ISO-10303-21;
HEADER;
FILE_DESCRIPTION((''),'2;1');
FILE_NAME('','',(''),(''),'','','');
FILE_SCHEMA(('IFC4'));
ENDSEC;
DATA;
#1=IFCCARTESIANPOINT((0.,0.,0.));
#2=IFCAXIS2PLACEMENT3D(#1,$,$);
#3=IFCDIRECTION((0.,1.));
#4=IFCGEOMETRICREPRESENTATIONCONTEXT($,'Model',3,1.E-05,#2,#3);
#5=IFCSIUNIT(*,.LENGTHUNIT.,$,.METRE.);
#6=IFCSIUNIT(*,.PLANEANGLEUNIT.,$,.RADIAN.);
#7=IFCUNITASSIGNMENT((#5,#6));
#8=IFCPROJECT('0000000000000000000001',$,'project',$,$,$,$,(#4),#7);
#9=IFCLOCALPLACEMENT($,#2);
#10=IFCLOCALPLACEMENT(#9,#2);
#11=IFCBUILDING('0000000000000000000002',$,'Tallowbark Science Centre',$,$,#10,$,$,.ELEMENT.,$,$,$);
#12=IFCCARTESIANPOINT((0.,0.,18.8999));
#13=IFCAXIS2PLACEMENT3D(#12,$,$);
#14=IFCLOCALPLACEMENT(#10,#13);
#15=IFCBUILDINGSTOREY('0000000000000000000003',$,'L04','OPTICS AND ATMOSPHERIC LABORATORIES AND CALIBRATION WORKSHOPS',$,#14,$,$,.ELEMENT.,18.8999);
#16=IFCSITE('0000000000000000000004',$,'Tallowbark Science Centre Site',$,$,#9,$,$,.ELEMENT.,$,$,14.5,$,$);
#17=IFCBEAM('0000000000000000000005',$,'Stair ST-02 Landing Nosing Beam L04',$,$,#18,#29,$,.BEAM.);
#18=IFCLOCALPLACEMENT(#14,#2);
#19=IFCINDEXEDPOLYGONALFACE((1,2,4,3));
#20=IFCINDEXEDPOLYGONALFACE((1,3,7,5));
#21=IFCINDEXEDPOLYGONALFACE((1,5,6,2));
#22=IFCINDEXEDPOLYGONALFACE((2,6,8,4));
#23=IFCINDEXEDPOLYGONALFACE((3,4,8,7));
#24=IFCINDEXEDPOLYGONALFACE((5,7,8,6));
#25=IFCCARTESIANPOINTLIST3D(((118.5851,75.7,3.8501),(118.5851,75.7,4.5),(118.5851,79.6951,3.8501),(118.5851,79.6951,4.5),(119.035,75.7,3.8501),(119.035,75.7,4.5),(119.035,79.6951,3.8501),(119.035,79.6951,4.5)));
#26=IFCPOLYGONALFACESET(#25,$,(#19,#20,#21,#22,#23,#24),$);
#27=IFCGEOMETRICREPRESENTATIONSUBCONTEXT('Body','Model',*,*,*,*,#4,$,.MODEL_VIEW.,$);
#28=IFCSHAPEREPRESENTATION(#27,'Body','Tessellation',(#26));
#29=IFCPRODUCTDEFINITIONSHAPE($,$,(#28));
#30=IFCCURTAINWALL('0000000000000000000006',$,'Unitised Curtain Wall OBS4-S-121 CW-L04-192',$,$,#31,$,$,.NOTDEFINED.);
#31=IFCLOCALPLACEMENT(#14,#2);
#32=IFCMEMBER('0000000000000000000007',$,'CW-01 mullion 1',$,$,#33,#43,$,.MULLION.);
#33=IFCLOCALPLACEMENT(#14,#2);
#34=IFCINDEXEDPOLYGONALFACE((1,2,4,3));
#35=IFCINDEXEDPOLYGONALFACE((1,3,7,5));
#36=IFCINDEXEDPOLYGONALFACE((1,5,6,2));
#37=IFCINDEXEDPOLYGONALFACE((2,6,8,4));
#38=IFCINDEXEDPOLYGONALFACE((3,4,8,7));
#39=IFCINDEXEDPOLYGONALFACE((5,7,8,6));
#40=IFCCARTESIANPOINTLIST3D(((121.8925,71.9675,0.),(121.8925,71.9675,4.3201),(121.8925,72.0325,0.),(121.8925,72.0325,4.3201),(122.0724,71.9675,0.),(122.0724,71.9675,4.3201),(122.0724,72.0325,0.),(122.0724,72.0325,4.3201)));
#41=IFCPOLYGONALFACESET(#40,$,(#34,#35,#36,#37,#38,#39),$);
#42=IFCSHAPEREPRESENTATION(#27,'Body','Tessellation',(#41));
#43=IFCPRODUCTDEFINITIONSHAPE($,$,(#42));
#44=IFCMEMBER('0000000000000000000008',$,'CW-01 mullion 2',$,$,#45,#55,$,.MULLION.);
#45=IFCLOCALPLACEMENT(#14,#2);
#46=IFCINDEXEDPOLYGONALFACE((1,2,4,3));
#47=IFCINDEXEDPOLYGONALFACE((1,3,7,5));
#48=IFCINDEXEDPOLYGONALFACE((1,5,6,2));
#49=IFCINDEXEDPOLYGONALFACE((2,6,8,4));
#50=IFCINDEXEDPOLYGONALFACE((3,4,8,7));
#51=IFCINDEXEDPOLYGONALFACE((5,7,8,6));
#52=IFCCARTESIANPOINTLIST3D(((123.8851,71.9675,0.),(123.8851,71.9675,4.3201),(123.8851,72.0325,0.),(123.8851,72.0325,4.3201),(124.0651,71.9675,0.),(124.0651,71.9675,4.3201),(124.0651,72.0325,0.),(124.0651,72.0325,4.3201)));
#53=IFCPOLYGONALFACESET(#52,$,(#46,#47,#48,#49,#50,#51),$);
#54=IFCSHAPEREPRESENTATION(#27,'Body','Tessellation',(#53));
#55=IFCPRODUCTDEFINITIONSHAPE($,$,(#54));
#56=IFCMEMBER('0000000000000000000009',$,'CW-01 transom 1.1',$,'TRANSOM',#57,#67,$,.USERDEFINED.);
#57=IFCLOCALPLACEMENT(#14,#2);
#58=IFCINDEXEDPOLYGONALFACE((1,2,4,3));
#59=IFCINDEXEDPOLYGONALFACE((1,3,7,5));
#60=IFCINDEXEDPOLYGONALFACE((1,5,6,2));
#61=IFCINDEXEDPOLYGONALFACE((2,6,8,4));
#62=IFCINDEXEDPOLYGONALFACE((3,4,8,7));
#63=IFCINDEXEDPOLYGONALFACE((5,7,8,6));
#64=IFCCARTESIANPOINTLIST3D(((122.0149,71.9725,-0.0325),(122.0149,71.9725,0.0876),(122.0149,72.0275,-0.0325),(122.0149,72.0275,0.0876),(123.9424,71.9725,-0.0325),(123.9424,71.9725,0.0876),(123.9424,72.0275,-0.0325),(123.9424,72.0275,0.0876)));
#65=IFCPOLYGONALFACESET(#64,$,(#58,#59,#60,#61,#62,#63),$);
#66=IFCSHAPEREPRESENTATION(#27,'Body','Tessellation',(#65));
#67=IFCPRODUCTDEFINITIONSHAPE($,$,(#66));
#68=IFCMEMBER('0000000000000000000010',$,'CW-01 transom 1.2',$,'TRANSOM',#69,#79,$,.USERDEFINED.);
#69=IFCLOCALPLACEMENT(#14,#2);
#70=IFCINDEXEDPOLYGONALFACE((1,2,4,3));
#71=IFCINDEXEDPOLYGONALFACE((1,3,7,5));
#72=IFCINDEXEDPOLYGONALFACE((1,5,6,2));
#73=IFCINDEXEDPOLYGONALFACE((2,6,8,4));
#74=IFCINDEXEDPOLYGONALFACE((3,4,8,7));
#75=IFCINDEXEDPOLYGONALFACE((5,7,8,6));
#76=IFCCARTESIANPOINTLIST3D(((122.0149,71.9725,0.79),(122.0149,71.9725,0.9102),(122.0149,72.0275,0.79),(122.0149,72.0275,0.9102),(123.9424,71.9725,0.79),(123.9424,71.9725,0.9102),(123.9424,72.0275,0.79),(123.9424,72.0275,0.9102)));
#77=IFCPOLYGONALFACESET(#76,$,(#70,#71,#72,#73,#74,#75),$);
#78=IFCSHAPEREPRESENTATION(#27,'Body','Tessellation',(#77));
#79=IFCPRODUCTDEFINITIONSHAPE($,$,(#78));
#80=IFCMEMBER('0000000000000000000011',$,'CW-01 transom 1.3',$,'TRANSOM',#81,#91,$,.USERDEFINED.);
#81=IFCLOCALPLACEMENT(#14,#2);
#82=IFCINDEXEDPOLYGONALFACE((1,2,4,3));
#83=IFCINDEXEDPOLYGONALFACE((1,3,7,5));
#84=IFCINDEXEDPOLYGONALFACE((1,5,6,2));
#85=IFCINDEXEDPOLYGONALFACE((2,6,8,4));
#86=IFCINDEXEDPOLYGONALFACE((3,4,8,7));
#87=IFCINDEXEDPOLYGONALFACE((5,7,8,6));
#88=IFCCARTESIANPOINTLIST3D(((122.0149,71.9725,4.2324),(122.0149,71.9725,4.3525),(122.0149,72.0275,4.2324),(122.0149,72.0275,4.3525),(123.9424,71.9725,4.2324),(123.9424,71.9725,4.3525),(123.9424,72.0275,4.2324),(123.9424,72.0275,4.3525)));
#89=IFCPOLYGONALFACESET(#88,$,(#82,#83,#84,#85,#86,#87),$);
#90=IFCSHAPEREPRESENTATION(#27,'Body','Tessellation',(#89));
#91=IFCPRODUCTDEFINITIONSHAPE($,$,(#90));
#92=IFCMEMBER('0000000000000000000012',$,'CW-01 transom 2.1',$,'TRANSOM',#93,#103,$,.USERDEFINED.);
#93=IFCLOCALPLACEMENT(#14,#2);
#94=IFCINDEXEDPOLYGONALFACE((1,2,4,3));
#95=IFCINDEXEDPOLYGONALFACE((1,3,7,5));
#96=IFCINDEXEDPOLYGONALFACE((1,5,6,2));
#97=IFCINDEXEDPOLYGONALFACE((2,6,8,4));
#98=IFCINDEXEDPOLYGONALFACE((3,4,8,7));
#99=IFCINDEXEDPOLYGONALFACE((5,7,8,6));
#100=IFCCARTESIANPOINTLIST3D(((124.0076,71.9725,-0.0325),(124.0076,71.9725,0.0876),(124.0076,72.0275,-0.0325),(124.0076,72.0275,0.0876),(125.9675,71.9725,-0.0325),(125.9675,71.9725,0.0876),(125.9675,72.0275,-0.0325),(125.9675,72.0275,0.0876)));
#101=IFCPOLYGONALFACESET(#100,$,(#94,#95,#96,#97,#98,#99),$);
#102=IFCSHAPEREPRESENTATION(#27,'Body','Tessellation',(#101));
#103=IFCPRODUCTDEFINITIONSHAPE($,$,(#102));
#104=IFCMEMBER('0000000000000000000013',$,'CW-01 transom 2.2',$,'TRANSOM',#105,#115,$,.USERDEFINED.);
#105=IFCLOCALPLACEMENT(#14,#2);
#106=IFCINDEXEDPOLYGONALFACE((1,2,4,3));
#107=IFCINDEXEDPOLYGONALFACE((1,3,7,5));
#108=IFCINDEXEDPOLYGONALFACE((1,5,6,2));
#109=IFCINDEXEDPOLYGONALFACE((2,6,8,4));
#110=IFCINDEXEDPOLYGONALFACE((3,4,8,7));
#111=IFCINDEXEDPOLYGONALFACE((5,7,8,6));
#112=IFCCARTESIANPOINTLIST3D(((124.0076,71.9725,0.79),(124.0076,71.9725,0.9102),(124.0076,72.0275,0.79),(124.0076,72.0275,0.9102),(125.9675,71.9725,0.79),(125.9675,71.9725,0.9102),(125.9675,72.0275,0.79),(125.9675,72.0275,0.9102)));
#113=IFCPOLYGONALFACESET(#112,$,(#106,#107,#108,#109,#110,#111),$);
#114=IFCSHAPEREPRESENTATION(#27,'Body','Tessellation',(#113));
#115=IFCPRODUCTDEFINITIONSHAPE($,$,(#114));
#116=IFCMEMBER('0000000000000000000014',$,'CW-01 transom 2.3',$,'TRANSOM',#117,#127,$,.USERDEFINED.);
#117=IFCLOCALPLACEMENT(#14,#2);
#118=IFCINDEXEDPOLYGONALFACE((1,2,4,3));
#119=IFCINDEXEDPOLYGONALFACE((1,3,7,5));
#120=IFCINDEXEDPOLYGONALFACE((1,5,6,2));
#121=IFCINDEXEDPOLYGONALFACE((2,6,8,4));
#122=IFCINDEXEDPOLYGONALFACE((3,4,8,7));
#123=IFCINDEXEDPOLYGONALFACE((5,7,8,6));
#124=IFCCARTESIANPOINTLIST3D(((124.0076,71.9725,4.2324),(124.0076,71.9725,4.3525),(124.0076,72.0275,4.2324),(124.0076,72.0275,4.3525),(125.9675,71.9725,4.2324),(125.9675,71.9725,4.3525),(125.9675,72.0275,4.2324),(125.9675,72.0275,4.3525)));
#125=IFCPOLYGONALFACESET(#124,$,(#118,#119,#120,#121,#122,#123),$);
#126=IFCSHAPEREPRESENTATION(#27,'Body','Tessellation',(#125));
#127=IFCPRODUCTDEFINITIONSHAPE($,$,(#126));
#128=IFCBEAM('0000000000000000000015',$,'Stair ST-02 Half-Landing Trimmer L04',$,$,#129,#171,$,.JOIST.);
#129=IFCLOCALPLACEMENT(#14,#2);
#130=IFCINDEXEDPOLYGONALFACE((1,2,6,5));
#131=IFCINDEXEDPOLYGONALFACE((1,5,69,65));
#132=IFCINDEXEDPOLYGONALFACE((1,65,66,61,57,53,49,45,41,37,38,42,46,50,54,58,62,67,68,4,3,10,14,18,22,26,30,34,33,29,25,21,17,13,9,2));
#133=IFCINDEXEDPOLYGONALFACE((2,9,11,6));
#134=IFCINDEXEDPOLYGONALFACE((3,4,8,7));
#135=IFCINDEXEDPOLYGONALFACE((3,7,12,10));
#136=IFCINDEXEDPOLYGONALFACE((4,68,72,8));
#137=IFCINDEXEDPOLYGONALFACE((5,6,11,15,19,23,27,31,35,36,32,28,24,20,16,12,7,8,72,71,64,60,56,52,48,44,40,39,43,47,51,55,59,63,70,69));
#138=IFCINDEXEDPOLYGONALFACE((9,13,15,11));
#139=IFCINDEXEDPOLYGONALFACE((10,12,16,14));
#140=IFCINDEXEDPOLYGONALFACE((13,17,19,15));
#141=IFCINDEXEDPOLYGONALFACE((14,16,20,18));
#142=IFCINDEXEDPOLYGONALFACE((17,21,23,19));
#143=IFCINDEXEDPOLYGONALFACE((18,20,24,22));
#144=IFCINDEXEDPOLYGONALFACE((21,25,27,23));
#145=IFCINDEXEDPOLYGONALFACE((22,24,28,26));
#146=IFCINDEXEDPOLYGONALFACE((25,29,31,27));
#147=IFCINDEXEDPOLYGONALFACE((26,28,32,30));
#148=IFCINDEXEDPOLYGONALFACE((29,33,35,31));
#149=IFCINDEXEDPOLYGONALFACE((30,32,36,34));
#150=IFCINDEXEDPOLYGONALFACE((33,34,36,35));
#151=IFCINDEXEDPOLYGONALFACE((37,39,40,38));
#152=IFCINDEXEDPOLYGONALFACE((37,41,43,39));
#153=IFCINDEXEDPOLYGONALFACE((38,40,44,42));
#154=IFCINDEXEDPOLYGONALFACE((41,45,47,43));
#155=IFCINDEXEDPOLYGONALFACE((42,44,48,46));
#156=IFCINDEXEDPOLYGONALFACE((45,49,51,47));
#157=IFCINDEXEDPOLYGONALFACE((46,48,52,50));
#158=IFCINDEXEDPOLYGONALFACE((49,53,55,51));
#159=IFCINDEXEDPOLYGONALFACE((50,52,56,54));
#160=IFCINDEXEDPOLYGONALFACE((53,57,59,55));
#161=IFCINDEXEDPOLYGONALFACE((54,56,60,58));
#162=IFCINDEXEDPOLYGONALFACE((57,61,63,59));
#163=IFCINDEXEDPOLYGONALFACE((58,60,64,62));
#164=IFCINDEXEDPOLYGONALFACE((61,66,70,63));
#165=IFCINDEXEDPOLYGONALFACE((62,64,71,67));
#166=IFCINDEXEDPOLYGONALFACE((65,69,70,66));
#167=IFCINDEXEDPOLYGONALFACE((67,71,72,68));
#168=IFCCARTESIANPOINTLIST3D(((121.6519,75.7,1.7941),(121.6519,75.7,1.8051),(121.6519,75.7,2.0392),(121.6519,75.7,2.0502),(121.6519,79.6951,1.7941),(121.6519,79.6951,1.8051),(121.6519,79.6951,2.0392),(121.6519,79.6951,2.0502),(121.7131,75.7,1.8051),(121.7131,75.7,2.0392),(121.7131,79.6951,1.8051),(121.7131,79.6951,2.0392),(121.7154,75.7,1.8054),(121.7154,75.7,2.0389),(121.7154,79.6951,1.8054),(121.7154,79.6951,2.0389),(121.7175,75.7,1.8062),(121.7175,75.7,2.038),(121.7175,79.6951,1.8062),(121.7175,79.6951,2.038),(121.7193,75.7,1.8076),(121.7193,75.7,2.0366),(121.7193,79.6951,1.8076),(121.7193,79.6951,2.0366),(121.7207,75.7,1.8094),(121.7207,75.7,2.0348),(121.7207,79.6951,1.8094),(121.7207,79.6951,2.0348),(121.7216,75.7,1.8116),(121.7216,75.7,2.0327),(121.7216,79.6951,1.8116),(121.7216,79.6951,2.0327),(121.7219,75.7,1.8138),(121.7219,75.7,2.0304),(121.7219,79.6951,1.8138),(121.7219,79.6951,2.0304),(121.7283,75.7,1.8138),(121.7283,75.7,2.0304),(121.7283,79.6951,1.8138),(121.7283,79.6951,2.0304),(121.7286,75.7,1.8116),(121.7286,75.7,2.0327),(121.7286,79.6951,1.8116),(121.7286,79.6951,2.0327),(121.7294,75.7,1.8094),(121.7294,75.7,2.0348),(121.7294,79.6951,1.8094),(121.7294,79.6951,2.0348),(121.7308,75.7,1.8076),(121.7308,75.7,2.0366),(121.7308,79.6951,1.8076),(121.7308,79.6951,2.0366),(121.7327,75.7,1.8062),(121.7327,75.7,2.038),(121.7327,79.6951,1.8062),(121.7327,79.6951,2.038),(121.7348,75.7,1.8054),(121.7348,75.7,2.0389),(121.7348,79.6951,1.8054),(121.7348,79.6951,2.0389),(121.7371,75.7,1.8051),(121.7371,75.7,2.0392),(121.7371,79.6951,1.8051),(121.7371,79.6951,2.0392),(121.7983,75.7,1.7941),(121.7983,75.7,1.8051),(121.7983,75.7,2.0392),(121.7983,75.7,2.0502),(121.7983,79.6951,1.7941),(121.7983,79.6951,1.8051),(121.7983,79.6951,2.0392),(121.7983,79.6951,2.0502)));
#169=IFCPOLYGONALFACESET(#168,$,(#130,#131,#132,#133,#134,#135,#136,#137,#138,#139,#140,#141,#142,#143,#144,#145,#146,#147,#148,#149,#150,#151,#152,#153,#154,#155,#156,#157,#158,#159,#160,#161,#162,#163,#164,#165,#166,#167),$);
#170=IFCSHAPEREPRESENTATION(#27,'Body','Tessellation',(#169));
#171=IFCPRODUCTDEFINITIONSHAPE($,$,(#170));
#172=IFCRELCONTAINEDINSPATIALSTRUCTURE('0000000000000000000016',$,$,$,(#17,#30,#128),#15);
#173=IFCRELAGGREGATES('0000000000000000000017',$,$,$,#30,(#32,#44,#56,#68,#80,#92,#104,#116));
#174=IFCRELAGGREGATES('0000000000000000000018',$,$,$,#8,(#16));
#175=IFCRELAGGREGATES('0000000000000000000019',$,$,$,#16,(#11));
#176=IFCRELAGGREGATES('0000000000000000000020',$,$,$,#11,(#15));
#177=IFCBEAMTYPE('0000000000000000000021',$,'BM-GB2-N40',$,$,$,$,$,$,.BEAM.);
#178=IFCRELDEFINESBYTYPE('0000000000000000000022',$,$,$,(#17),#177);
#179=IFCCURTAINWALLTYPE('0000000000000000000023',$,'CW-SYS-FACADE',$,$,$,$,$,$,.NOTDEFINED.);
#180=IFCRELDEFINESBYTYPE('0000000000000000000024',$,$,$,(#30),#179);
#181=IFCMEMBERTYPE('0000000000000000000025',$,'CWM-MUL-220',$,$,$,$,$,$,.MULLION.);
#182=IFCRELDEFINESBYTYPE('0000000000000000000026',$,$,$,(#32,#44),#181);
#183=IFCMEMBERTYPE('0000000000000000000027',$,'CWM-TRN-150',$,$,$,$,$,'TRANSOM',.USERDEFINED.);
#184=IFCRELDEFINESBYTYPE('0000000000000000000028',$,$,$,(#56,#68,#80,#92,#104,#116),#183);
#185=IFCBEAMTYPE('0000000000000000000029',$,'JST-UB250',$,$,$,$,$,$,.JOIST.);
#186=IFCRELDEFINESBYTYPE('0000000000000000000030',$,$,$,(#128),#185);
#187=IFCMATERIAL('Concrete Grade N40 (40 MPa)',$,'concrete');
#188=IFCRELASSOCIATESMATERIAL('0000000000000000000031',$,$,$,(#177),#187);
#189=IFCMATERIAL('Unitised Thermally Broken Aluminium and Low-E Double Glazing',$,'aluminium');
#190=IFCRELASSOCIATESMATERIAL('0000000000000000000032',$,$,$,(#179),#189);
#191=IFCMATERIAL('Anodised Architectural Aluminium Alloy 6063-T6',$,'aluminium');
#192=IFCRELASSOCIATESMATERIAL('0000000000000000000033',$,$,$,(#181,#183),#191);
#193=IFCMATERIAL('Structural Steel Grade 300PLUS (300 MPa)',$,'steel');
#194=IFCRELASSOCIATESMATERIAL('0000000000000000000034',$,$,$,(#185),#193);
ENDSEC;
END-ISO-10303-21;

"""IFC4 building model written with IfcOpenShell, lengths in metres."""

from ifc_helpers import new_model, si_unit, direction, frame, origin, origin_2d, place, context, subcontext, project, spatial, rectangle, i_section, extrude, material, material_profile, profile_set, type_object, element, aggregate, save


model = new_model("IFC4")

# Units and contexts
model_context = context("Model", 3, precision=1e-05, world=origin(), true_north=direction((0.0, 1.0)))
body_context = subcontext(model_context, "Body", "Model", "MODEL_VIEW")
ifc_project = project(units=[si_unit("LENGTHUNIT", "METRE"), si_unit("PLANEANGLEUNIT", "RADIAN")], contexts=[model_context])

# Site, building, storey
site_placement = place(None, origin())
site = spatial("IfcSite", under=ifc_project, at=site_placement, Name="Tallowbark Science Centre Site", CompositionType="ELEMENT", RefElevation=14.5)
building_placement = place(site_placement, origin())
building = spatial("IfcBuilding", under=site, at=building_placement, Name="Tallowbark Science Centre", CompositionType="ELEMENT")
storey_placement = place(building_placement, frame((0.0, 0.0, 18.8999)))
storey = spatial("IfcBuildingStorey", under=building, at=storey_placement, Name="L04", Description="OPTICS AND ATMOSPHERIC LABORATORIES AND CALIBRATION WORKSHOPS", CompositionType="ELEMENT", Elevation=18.8999)

# Beam
ifc_material_1 = material(Name="Concrete Grade N40 (40 MPa)", Category="concrete")
ifc_material_profile_1 = material_profile(ifc_material_1, rectangle(XDim=0.45, YDim=0.6499, at=origin_2d()), Name="RC450x650")
ifc_profile_set_1 = profile_set([ifc_material_profile_1], Name="Concrete Grade N40 (40 MPa)")
beam_type_1 = type_object("IfcBeamType", Name="BM-GB2-N40", PredefinedType="BEAM", material=ifc_profile_set_1)
beam_1_placement = place(storey_placement, frame((118.8101, 75.7, 4.175), z_axis=(0.0, 1.0, 0.0), x_axis=(-1.0, 0.0, 0.0)))
element("IfcBeam", 1, at=beam_1_placement, inside=storey, type_object=beam_type_1, Name="Stair ST-02 Landing Nosing Beam L04", PredefinedType="BEAM", context=body_context, shape_type="SweptSolid", body=[
    extrude(rectangle(XDim=0.45, YDim=0.6499, at=origin_2d()), origin(), (0.0, 0.0, 1.0), 3.9951),
])

# Curtain wall, members
ifc_material_2 = material(Name="Unitised Thermally Broken Aluminium and Low-E Double Glazing", Category="aluminium")
curtain_wall_type = type_object("IfcCurtainWallType", Name="CW-SYS-FACADE", PredefinedType="NOTDEFINED", material=ifc_material_2)
curtain_wall_placement = place(storey_placement, origin())
curtain_wall = element("IfcCurtainWall", 2, at=curtain_wall_placement, inside=storey, type_object=curtain_wall_type, Name="Unitised Curtain Wall OBS4-S-121 CW-L04-192", PredefinedType="NOTDEFINED")
ifc_material_3 = material(Name="Anodised Architectural Aluminium Alloy 6063-T6", Category="aluminium")
ifc_material_profile_2 = material_profile(ifc_material_3, rectangle(XDim=0.0649, YDim=0.1799, at=origin_2d()), Name="ALU65x180")
ifc_profile_set_2 = profile_set([ifc_material_profile_2], Name="Anodised Architectural Aluminium Alloy 6063-T6")
member_type_1 = type_object("IfcMemberType", Name="CWM-MUL-220", PredefinedType="MULLION", material=ifc_profile_set_2)
member_1_placement = place(storey_placement, frame((121.9824, 72.0, 0.0), z_axis=(0.0, 0.0, 1.0), x_axis=(0.0, 1.0, 0.0)))
member_1 = element("IfcMember", 3, at=member_1_placement, type_object=member_type_1, Name="CW-01 mullion 1", PredefinedType="MULLION", context=body_context, shape_type="SweptSolid", body=[
    extrude(rectangle(XDim=0.0649, YDim=0.1799, at=origin_2d()), origin(), (0.0, 0.0, 1.0), 4.3201),
])
member_2_placement = place(storey_placement, frame((123.9751, 72.0, 0.0), z_axis=(0.0, 0.0, 1.0), x_axis=(0.0, 1.0, 0.0)))
member_2 = element("IfcMember", 4, at=member_2_placement, type_object=member_type_1, Name="CW-01 mullion 2", PredefinedType="MULLION", context=body_context, shape_type="SweptSolid", body=[
    extrude(rectangle(XDim=0.0649, YDim=0.1799, at=origin_2d()), origin(), (0.0, 0.0, 1.0), 4.3201),
])
ifc_material_profile_3 = material_profile(ifc_material_3, rectangle(XDim=0.0549, YDim=0.1201, at=origin_2d()), Name="ALU55x120")
ifc_profile_set_3 = profile_set([ifc_material_profile_3], Name="Anodised Architectural Aluminium Alloy 6063-T6")
member_type_2 = type_object("IfcMemberType", Name="CWM-TRN-150", ElementType="TRANSOM", PredefinedType="USERDEFINED", material=ifc_profile_set_3)
member_3_placement = place(storey_placement, frame((122.0149, 72.0, 0.0276), z_axis=(1.0, 0.0, 0.0), x_axis=(0.0, 1.0, 0.0)))
member_3 = element("IfcMember", 5, at=member_3_placement, type_object=member_type_2, Name="CW-01 transom 1.1", ObjectType="TRANSOM", PredefinedType="USERDEFINED", context=body_context, shape_type="SweptSolid", body=[
    extrude(rectangle(XDim=0.0549, YDim=0.1201, at=origin_2d()), origin(), (0.0, 0.0, 1.0), 1.9275),
])
member_4_placement = place(storey_placement, frame((122.0149, 72.0, 0.8501), z_axis=(1.0, 0.0, 0.0), x_axis=(0.0, 1.0, 0.0)))
member_4 = element("IfcMember", 6, at=member_4_placement, type_object=member_type_2, Name="CW-01 transom 1.2", ObjectType="TRANSOM", PredefinedType="USERDEFINED", context=body_context, shape_type="SweptSolid", body=[
    extrude(rectangle(XDim=0.0549, YDim=0.1201, at=origin_2d()), origin(), (0.0, 0.0, 1.0), 1.9275),
])
member_5_placement = place(storey_placement, frame((122.0149, 72.0, 4.2925), z_axis=(1.0, 0.0, 0.0), x_axis=(0.0, 1.0, 0.0)))
member_5 = element("IfcMember", 7, at=member_5_placement, type_object=member_type_2, Name="CW-01 transom 1.3", ObjectType="TRANSOM", PredefinedType="USERDEFINED", context=body_context, shape_type="SweptSolid", body=[
    extrude(rectangle(XDim=0.0549, YDim=0.1201, at=origin_2d()), origin(), (0.0, 0.0, 1.0), 1.9275),
])
member_6_placement = place(storey_placement, frame((124.0076, 72.0, 0.0276), z_axis=(1.0, 0.0, 0.0), x_axis=(0.0, 1.0, 0.0)))
member_6 = element("IfcMember", 8, at=member_6_placement, type_object=member_type_2, Name="CW-01 transom 2.1", ObjectType="TRANSOM", PredefinedType="USERDEFINED", context=body_context, shape_type="SweptSolid", body=[
    extrude(rectangle(XDim=0.0549, YDim=0.1201, at=origin_2d()), origin(), (0.0, 0.0, 1.0), 1.96),
])
member_7_placement = place(storey_placement, frame((124.0076, 72.0, 0.8501), z_axis=(1.0, 0.0, 0.0), x_axis=(0.0, 1.0, 0.0)))
member_7 = element("IfcMember", 9, at=member_7_placement, type_object=member_type_2, Name="CW-01 transom 2.2", ObjectType="TRANSOM", PredefinedType="USERDEFINED", context=body_context, shape_type="SweptSolid", body=[
    extrude(rectangle(XDim=0.0549, YDim=0.1201, at=origin_2d()), origin(), (0.0, 0.0, 1.0), 1.96),
])
member_8_placement = place(storey_placement, frame((124.0076, 72.0, 4.2925), z_axis=(1.0, 0.0, 0.0), x_axis=(0.0, 1.0, 0.0)))
member_8 = element("IfcMember", 10, at=member_8_placement, type_object=member_type_2, Name="CW-01 transom 2.3", ObjectType="TRANSOM", PredefinedType="USERDEFINED", context=body_context, shape_type="SweptSolid", body=[
    extrude(rectangle(XDim=0.0549, YDim=0.1201, at=origin_2d()), origin(), (0.0, 0.0, 1.0), 1.96),
])

# Beam
ifc_material_4 = material(Name="Structural Steel Grade 300PLUS (300 MPa)", Category="steel")
ifc_material_profile_4 = material_profile(ifc_material_4, i_section(OverallWidth=0.1465, OverallDepth=0.2561, WebThickness=0.0063, FlangeThickness=0.011, FilletRadius=0.0088, at=origin_2d()), Name="250UB37.3")
ifc_profile_set_4 = profile_set([ifc_material_profile_4], Name="Structural Steel Grade 300PLUS (300 MPa)")
beam_type_2 = type_object("IfcBeamType", Name="JST-UB250", PredefinedType="JOIST", material=ifc_profile_set_4)
beam_2_placement = place(storey_placement, frame((121.7251, 75.7, 1.9221), z_axis=(0.0, 1.0, 0.0), x_axis=(-1.0, 0.0, 0.0)))
element("IfcBeam", 11, at=beam_2_placement, inside=storey, type_object=beam_type_2, Name="Stair ST-02 Half-Landing Trimmer L04", PredefinedType="JOIST", context=body_context, shape_type="SweptSolid", body=[
    extrude(i_section(OverallWidth=0.1465, OverallDepth=0.2561, WebThickness=0.0063, FlangeThickness=0.011, FilletRadius=0.0088, at=origin_2d()), origin(), (0.0, 0.0, 1.0), 3.9951),
])

aggregate(curtain_wall, [member_1, member_2, member_3, member_4, member_5, member_6, member_7, member_8])

save(model, "model.ifc")
